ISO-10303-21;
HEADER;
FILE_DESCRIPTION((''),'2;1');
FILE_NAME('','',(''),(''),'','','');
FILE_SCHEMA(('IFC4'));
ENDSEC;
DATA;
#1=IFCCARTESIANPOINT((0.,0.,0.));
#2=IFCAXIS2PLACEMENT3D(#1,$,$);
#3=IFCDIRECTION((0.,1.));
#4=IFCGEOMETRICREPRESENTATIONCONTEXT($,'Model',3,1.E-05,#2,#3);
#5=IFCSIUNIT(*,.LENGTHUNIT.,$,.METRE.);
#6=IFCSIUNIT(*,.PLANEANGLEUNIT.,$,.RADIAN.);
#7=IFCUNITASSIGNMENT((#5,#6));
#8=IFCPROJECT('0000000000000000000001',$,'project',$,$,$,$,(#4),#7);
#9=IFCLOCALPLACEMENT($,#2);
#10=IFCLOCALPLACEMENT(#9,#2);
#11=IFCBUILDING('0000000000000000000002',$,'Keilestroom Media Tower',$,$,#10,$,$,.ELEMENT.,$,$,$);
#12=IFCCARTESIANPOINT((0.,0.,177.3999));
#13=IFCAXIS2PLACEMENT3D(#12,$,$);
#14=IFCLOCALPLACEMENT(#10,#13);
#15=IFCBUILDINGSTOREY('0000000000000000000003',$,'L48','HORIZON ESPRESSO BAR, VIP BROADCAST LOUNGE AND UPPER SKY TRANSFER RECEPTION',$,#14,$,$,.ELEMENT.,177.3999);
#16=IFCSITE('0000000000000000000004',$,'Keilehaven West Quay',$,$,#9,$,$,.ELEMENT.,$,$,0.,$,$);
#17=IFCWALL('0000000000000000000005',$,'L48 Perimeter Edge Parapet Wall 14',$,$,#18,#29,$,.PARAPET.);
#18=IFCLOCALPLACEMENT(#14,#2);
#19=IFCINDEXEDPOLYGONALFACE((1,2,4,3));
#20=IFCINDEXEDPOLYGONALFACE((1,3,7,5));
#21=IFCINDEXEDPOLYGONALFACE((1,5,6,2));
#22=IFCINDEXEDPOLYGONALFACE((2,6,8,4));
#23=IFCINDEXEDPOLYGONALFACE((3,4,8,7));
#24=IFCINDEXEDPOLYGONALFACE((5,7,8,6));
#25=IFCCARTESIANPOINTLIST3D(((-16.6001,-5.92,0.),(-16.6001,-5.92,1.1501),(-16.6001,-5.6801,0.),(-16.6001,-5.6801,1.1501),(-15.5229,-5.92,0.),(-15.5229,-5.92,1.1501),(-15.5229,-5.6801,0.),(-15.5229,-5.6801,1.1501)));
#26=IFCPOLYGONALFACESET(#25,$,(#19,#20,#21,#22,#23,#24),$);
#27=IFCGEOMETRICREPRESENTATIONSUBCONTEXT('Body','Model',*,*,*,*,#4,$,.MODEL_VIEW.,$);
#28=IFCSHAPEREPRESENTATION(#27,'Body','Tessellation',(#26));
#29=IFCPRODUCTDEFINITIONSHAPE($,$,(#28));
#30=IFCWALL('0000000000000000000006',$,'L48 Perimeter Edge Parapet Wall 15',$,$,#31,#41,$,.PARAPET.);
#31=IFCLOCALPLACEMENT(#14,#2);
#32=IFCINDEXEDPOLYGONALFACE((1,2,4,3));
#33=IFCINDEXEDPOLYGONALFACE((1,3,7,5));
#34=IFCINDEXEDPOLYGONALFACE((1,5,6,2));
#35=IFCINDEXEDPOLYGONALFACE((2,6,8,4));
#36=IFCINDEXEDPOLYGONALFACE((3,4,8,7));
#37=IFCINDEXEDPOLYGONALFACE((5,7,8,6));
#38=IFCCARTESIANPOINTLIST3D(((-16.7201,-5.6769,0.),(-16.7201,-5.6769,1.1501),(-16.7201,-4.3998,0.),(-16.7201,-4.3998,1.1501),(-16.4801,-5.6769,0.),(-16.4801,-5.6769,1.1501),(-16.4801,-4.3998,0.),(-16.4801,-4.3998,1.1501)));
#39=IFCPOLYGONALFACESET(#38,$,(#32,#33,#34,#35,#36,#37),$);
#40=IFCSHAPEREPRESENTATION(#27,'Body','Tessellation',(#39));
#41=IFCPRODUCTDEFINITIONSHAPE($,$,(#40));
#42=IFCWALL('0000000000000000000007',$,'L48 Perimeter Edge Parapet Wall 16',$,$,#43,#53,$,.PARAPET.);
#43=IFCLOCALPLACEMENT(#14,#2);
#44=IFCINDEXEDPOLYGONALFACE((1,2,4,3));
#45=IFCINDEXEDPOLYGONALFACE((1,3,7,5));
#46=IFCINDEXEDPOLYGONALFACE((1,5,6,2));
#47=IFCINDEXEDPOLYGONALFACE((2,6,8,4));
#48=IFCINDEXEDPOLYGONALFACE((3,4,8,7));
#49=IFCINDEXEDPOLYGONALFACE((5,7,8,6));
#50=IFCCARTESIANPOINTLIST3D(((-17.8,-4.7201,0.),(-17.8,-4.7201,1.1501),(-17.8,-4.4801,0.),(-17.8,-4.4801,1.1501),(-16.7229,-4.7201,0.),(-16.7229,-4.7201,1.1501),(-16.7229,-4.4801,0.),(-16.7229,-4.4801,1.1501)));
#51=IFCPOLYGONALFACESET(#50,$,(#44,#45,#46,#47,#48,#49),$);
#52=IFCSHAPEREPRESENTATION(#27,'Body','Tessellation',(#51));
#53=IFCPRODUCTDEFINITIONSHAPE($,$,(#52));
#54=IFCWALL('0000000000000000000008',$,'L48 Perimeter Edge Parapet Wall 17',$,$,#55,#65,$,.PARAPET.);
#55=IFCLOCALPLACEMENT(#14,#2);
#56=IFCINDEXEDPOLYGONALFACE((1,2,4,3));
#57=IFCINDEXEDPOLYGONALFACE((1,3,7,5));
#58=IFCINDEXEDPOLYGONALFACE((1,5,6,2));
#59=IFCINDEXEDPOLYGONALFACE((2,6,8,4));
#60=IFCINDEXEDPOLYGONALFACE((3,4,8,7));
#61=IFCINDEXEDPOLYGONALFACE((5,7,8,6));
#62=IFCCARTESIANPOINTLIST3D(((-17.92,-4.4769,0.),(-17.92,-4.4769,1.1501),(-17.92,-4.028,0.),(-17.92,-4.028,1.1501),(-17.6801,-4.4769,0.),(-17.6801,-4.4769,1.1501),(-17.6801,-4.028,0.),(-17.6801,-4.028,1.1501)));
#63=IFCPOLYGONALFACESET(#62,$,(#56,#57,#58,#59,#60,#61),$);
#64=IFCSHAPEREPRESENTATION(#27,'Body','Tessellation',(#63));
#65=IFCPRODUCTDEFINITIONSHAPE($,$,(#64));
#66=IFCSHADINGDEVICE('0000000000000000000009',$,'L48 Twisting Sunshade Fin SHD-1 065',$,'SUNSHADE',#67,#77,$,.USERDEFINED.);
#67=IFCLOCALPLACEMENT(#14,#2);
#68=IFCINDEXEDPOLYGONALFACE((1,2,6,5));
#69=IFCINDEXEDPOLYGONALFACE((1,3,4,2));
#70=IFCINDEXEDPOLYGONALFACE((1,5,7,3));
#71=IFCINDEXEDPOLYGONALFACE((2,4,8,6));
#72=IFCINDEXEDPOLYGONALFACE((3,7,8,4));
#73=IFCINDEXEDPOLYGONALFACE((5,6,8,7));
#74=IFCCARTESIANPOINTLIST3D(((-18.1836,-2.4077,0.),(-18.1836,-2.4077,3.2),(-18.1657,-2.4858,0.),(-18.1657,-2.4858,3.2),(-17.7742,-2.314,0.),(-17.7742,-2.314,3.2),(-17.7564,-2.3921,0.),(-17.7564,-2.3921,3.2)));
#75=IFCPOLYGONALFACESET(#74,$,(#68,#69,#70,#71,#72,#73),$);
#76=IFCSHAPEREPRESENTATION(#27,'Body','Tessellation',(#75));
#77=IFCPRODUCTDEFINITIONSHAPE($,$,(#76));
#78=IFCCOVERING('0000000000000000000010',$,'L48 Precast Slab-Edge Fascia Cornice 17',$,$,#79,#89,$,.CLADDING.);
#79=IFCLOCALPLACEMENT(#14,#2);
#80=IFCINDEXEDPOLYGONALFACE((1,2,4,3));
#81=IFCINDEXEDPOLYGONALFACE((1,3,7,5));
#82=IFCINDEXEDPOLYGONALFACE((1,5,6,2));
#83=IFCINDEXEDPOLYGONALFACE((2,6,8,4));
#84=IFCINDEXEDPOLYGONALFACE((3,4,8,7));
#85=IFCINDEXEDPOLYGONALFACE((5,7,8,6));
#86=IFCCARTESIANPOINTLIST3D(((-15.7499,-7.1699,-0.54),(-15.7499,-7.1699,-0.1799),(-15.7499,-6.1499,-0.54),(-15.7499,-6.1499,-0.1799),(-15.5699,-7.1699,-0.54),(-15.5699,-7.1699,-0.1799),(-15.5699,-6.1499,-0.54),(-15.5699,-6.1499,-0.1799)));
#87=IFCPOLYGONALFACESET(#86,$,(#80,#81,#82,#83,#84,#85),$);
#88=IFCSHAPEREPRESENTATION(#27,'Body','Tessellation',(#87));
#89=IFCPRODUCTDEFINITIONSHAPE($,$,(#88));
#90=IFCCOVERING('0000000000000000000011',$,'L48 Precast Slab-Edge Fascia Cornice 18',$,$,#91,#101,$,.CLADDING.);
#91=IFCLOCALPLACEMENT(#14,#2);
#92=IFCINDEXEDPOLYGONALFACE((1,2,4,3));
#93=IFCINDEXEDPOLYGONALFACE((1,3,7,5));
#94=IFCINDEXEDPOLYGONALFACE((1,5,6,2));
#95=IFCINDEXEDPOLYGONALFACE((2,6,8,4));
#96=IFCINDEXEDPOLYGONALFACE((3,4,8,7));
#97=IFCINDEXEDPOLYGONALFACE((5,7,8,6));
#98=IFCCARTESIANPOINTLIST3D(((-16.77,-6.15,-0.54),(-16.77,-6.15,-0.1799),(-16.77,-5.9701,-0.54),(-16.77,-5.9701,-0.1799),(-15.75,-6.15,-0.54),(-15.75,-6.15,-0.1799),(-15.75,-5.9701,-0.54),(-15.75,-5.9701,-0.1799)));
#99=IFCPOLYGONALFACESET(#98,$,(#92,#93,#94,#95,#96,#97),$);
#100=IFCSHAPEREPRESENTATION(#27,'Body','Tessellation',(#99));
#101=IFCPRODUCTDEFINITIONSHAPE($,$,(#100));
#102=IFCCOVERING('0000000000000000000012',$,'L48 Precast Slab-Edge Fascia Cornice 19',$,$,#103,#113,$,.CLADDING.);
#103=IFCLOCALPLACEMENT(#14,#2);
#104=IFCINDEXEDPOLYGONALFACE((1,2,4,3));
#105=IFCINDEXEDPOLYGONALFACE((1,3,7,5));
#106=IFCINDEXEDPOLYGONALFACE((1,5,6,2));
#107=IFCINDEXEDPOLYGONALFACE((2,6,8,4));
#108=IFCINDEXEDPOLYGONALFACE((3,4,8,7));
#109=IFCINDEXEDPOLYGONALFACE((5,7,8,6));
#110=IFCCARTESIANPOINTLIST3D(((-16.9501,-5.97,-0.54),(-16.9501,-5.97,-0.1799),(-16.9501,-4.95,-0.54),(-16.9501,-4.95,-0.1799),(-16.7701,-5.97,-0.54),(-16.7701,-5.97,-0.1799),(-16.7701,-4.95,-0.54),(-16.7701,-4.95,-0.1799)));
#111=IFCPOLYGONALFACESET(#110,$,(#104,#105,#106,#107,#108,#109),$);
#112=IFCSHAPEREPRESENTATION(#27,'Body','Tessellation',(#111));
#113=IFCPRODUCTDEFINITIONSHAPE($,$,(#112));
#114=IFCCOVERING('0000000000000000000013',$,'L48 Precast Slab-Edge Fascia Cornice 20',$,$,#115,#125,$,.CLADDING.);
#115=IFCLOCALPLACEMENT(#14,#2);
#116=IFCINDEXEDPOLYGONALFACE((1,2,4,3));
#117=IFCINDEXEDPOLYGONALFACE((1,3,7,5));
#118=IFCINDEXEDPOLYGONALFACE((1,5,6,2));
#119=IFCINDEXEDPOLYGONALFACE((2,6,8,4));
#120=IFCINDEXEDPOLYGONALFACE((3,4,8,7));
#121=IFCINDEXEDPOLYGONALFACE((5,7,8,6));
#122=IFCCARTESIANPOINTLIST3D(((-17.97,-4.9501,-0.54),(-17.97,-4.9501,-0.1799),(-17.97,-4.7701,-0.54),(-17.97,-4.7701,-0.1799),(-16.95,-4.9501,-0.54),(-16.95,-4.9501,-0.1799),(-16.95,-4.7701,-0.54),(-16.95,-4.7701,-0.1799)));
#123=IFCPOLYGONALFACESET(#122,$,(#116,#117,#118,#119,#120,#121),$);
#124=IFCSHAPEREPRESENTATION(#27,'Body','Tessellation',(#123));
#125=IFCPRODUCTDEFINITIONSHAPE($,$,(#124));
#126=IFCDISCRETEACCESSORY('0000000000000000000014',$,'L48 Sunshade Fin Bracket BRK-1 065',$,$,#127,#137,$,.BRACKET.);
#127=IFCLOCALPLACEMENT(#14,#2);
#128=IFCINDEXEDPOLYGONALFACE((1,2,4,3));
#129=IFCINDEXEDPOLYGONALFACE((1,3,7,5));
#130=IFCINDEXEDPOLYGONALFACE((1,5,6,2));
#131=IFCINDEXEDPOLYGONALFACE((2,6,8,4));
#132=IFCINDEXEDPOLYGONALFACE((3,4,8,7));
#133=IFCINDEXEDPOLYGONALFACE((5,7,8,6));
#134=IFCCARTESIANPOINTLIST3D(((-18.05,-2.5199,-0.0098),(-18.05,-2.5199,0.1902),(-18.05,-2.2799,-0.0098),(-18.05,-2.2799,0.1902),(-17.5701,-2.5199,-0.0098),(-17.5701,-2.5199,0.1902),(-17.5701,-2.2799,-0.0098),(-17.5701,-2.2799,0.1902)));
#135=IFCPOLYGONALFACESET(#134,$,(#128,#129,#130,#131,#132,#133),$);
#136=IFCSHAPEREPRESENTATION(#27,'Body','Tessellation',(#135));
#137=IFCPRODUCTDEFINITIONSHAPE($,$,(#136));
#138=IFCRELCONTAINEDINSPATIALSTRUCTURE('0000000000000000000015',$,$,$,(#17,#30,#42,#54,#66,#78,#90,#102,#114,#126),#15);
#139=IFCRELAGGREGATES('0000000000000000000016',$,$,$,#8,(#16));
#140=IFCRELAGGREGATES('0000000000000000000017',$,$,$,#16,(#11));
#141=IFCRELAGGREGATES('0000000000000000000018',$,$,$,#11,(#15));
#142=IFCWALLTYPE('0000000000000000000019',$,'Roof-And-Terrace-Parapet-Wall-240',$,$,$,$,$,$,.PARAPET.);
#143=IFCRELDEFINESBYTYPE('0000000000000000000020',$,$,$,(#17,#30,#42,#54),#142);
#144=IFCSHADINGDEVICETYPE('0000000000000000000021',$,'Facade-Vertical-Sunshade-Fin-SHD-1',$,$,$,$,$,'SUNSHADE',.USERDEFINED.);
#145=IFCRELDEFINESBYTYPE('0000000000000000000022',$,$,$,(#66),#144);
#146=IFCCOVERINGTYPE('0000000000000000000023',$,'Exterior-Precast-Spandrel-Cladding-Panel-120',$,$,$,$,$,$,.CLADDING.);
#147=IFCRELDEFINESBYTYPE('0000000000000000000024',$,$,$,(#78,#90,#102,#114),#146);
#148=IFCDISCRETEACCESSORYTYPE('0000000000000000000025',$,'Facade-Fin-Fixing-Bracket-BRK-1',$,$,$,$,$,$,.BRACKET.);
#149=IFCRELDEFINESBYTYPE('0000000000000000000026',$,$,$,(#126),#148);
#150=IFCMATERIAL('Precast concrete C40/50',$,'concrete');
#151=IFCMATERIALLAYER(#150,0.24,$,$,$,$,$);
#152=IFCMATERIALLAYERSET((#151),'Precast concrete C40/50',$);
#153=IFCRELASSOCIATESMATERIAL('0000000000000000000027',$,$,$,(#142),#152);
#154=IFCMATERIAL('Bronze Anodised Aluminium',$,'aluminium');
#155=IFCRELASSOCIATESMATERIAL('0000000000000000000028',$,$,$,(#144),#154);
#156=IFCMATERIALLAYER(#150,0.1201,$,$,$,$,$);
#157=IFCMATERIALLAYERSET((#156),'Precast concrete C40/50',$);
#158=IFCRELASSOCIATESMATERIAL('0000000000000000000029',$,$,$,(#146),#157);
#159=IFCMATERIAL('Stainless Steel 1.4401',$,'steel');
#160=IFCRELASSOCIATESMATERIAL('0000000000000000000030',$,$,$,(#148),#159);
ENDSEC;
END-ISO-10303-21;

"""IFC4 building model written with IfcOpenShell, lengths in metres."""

from ifc_helpers import new_model, si_unit, direction, frame, frame_2d, origin, origin_2d, place, context, subcontext, project, spatial, rectangle, extrude, source, transform, mapped, material, layer, layer_set, type_object, element, save


model = new_model("IFC4")

# Units and contexts
model_context = context("Model", 3, precision=1e-05, world=origin(), true_north=direction((0.0, 1.0)))
body_context = subcontext(model_context, "Body", "Model", "MODEL_VIEW")
ifc_project = project(units=[si_unit("LENGTHUNIT", "METRE"), si_unit("PLANEANGLEUNIT", "RADIAN")], contexts=[model_context])

# Site, building, storey
site_placement = place(None, origin())
site = spatial("IfcSite", under=ifc_project, at=site_placement, Name="Keilehaven West Quay", CompositionType="ELEMENT", RefElevation=0.0)
building_placement = place(site_placement, origin())
building = spatial("IfcBuilding", under=site, at=building_placement, Name="Keilestroom Media Tower", CompositionType="ELEMENT")
storey_placement = place(building_placement, frame((0.0, 0.0, 177.3999)))
storey = spatial("IfcBuildingStorey", under=building, at=storey_placement, Name="L48", Description="HORIZON ESPRESSO BAR, VIP BROADCAST LOUNGE AND UPPER SKY TRANSFER RECEPTION", CompositionType="ELEMENT", Elevation=177.3999)

# Shared definitions
ifc_material_1 = material(Name="Precast concrete C40/50", Category="concrete")

# Walls
ifc_layer_1 = layer(ifc_material_1, 0.24)
ifc_layer_set_1 = layer_set([ifc_layer_1], Name="Precast concrete C40/50")
wall_type = type_object("IfcWallType", Name="Roof-And-Terrace-Parapet-Wall-240", PredefinedType="PARAPET", material=ifc_layer_set_1)
wall_1_placement = place(storey_placement, frame((-15.5229, -5.8, 0.0), z_axis=(0.0, 0.0, 1.0), x_axis=(-1.0, 0.0, 0.0)))
element("IfcWall", 1, at=wall_1_placement, inside=storey, type_object=wall_type, Name="L48 Perimeter Edge Parapet Wall 14", PredefinedType="PARAPET", context=body_context, shape_type="SweptSolid", body=[
    extrude(rectangle(XDim=1.0771, YDim=0.24, at=frame_2d((0.5386, 0.0))), origin(), (0.0, 0.0, 1.0), 1.1501),
])
wall_2_placement = place(storey_placement, frame((-16.6001, -5.677, 0.0), z_axis=(0.0, 0.0, 1.0), x_axis=(0.0, 1.0, 0.0)))
element("IfcWall", 2, at=wall_2_placement, inside=storey, type_object=wall_type, Name="L48 Perimeter Edge Parapet Wall 15", PredefinedType="PARAPET", context=body_context, shape_type="SweptSolid", body=[
    extrude(rectangle(XDim=1.2771, YDim=0.24, at=frame_2d((0.6387, 0.0))), origin(), (0.0, 0.0, 1.0), 1.1501),
])
wall_3_placement = place(storey_placement, frame((-16.7229, -4.6001, 0.0), z_axis=(0.0, 0.0, 1.0), x_axis=(-1.0, 0.0, 0.0)))
element("IfcWall", 3, at=wall_3_placement, inside=storey, type_object=wall_type, Name="L48 Perimeter Edge Parapet Wall 16", PredefinedType="PARAPET", context=body_context, shape_type="SweptSolid", body=[
    extrude(rectangle(XDim=1.0771, YDim=0.24, at=frame_2d((0.5386, 0.0))), origin(), (0.0, 0.0, 1.0), 1.1501),
])
wall_4_placement = place(storey_placement, frame((-17.8, -4.4771, 0.0), z_axis=(0.0, 0.0, 1.0), x_axis=(0.0, 1.0, 0.0)))
element("IfcWall", 4, at=wall_4_placement, inside=storey, type_object=wall_type, Name="L48 Perimeter Edge Parapet Wall 17", PredefinedType="PARAPET", context=body_context, shape_type="SweptSolid", body=[
    extrude(rectangle(XDim=0.449, YDim=0.24, at=frame_2d((0.2246, 0.0))), origin(), (0.0, 0.0, 1.0), 1.1501),
])

# Shading device
ifc_material_2 = material(Name="Bronze Anodised Aluminium", Category="aluminium")
shading_device_type = type_object("IfcShadingDeviceType", Name="Facade-Vertical-Sunshade-Fin-SHD-1", ElementType="SUNSHADE", PredefinedType="USERDEFINED", material=ifc_material_2)
shared_shape_1 = source(origin(), body_context, "Body", "SweptSolid", [
    extrude(rectangle(XDim=0.4199, YDim=0.0801, at=origin_2d()), origin(), (0.0, 0.0, 1.0), 3.2),
])
shading_device_placement = place(storey_placement, frame((-17.97, -2.3999, 0.0), z_axis=(0.0, 0.0, 1.0), x_axis=(0.9748, 0.22308, 0.0)))
element("IfcShadingDevice", 5, at=shading_device_placement, inside=storey, type_object=shading_device_type, Name="L48 Twisting Sunshade Fin SHD-1 065", ObjectType="SUNSHADE", PredefinedType="USERDEFINED", context=body_context, shape_type="MappedRepresentation", body=[
    mapped(shared_shape_1, transform((0.0, 0.0, 0.0), x_axis=(1.0, 0.0, 0.0), y_axis=(0.0, 1.0, 0.0), z_axis=(0.0, 0.0, 1.0), scale=1.0)),
])

# Coverings
ifc_layer_2 = layer(ifc_material_1, 0.1201)
ifc_layer_set_2 = layer_set([ifc_layer_2], Name="Precast concrete C40/50")
covering_type = type_object("IfcCoveringType", Name="Exterior-Precast-Spandrel-Cladding-Panel-120", PredefinedType="CLADDING", material=ifc_layer_set_2)
shared_shape_2 = source(origin(), body_context, "Body", "SweptSolid", [
    extrude(rectangle(XDim=1.02, YDim=0.1799, at=origin_2d()), origin(), (0.0, 0.0, 1.0), 0.3601),
])
for number, where, z_axis, x_axis, name in (
    (6, (-15.6599, -6.6599, -0.54), (0.0, 0.0, 1.0), (0.0, 1.0, 0.0), "L48 Precast Slab-Edge Fascia Cornice 17"),
    (7, (-16.26, -6.0601, -0.54), (0.0, 0.0, 1.0), (-1.0, 0.0, 0.0), "L48 Precast Slab-Edge Fascia Cornice 18"),
    (8, (-16.8601, -5.46, -0.54), (0.0, 0.0, 1.0), (0.0, 1.0, 0.0), "L48 Precast Slab-Edge Fascia Cornice 19"),
    (9, (-17.46, -4.8601, -0.54), (0.0, 0.0, 1.0), (-1.0, 0.0, 0.0), "L48 Precast Slab-Edge Fascia Cornice 20"),
):
    element("IfcCovering", number, at=place(storey_placement, frame(where, z_axis=z_axis, x_axis=x_axis)), inside=storey, type_object=covering_type, Name=name, PredefinedType="CLADDING", context=body_context, shape_type="MappedRepresentation", body=[
        mapped(shared_shape_2, transform((0.0, 0.0, 0.0), x_axis=(1.0, 0.0, 0.0), y_axis=(0.0, 1.0, 0.0), z_axis=(0.0, 0.0, 1.0), scale=1.0)),
    ])

# Discrete accessory
ifc_material_3 = material(Name="Stainless Steel 1.4401", Category="steel")
discrete_accessory_type = type_object("IfcDiscreteAccessoryType", Name="Facade-Fin-Fixing-Bracket-BRK-1", PredefinedType="BRACKET", material=ifc_material_3)
shared_shape_3 = source(origin(), body_context, "Body", "SweptSolid", [
    extrude(rectangle(XDim=0.48, YDim=0.24, at=origin_2d()), origin(), (0.0, 0.0, 1.0), 0.2),
])
discrete_accessory_placement = place(storey_placement, frame((-17.8101, -2.3999, -0.0098), z_axis=(0.0, 0.0, 1.0), x_axis=(1.0, 0.0, 0.0)))
element("IfcDiscreteAccessory", 10, at=discrete_accessory_placement, inside=storey, type_object=discrete_accessory_type, Name="L48 Sunshade Fin Bracket BRK-1 065", PredefinedType="BRACKET", context=body_context, shape_type="MappedRepresentation", body=[
    mapped(shared_shape_3, transform((0.0, 0.0, 0.0), x_axis=(1.0, 0.0, 0.0), y_axis=(0.0, 1.0, 0.0), z_axis=(0.0, 0.0, 1.0), scale=1.0)),
])

save(model, "model.ifc")
